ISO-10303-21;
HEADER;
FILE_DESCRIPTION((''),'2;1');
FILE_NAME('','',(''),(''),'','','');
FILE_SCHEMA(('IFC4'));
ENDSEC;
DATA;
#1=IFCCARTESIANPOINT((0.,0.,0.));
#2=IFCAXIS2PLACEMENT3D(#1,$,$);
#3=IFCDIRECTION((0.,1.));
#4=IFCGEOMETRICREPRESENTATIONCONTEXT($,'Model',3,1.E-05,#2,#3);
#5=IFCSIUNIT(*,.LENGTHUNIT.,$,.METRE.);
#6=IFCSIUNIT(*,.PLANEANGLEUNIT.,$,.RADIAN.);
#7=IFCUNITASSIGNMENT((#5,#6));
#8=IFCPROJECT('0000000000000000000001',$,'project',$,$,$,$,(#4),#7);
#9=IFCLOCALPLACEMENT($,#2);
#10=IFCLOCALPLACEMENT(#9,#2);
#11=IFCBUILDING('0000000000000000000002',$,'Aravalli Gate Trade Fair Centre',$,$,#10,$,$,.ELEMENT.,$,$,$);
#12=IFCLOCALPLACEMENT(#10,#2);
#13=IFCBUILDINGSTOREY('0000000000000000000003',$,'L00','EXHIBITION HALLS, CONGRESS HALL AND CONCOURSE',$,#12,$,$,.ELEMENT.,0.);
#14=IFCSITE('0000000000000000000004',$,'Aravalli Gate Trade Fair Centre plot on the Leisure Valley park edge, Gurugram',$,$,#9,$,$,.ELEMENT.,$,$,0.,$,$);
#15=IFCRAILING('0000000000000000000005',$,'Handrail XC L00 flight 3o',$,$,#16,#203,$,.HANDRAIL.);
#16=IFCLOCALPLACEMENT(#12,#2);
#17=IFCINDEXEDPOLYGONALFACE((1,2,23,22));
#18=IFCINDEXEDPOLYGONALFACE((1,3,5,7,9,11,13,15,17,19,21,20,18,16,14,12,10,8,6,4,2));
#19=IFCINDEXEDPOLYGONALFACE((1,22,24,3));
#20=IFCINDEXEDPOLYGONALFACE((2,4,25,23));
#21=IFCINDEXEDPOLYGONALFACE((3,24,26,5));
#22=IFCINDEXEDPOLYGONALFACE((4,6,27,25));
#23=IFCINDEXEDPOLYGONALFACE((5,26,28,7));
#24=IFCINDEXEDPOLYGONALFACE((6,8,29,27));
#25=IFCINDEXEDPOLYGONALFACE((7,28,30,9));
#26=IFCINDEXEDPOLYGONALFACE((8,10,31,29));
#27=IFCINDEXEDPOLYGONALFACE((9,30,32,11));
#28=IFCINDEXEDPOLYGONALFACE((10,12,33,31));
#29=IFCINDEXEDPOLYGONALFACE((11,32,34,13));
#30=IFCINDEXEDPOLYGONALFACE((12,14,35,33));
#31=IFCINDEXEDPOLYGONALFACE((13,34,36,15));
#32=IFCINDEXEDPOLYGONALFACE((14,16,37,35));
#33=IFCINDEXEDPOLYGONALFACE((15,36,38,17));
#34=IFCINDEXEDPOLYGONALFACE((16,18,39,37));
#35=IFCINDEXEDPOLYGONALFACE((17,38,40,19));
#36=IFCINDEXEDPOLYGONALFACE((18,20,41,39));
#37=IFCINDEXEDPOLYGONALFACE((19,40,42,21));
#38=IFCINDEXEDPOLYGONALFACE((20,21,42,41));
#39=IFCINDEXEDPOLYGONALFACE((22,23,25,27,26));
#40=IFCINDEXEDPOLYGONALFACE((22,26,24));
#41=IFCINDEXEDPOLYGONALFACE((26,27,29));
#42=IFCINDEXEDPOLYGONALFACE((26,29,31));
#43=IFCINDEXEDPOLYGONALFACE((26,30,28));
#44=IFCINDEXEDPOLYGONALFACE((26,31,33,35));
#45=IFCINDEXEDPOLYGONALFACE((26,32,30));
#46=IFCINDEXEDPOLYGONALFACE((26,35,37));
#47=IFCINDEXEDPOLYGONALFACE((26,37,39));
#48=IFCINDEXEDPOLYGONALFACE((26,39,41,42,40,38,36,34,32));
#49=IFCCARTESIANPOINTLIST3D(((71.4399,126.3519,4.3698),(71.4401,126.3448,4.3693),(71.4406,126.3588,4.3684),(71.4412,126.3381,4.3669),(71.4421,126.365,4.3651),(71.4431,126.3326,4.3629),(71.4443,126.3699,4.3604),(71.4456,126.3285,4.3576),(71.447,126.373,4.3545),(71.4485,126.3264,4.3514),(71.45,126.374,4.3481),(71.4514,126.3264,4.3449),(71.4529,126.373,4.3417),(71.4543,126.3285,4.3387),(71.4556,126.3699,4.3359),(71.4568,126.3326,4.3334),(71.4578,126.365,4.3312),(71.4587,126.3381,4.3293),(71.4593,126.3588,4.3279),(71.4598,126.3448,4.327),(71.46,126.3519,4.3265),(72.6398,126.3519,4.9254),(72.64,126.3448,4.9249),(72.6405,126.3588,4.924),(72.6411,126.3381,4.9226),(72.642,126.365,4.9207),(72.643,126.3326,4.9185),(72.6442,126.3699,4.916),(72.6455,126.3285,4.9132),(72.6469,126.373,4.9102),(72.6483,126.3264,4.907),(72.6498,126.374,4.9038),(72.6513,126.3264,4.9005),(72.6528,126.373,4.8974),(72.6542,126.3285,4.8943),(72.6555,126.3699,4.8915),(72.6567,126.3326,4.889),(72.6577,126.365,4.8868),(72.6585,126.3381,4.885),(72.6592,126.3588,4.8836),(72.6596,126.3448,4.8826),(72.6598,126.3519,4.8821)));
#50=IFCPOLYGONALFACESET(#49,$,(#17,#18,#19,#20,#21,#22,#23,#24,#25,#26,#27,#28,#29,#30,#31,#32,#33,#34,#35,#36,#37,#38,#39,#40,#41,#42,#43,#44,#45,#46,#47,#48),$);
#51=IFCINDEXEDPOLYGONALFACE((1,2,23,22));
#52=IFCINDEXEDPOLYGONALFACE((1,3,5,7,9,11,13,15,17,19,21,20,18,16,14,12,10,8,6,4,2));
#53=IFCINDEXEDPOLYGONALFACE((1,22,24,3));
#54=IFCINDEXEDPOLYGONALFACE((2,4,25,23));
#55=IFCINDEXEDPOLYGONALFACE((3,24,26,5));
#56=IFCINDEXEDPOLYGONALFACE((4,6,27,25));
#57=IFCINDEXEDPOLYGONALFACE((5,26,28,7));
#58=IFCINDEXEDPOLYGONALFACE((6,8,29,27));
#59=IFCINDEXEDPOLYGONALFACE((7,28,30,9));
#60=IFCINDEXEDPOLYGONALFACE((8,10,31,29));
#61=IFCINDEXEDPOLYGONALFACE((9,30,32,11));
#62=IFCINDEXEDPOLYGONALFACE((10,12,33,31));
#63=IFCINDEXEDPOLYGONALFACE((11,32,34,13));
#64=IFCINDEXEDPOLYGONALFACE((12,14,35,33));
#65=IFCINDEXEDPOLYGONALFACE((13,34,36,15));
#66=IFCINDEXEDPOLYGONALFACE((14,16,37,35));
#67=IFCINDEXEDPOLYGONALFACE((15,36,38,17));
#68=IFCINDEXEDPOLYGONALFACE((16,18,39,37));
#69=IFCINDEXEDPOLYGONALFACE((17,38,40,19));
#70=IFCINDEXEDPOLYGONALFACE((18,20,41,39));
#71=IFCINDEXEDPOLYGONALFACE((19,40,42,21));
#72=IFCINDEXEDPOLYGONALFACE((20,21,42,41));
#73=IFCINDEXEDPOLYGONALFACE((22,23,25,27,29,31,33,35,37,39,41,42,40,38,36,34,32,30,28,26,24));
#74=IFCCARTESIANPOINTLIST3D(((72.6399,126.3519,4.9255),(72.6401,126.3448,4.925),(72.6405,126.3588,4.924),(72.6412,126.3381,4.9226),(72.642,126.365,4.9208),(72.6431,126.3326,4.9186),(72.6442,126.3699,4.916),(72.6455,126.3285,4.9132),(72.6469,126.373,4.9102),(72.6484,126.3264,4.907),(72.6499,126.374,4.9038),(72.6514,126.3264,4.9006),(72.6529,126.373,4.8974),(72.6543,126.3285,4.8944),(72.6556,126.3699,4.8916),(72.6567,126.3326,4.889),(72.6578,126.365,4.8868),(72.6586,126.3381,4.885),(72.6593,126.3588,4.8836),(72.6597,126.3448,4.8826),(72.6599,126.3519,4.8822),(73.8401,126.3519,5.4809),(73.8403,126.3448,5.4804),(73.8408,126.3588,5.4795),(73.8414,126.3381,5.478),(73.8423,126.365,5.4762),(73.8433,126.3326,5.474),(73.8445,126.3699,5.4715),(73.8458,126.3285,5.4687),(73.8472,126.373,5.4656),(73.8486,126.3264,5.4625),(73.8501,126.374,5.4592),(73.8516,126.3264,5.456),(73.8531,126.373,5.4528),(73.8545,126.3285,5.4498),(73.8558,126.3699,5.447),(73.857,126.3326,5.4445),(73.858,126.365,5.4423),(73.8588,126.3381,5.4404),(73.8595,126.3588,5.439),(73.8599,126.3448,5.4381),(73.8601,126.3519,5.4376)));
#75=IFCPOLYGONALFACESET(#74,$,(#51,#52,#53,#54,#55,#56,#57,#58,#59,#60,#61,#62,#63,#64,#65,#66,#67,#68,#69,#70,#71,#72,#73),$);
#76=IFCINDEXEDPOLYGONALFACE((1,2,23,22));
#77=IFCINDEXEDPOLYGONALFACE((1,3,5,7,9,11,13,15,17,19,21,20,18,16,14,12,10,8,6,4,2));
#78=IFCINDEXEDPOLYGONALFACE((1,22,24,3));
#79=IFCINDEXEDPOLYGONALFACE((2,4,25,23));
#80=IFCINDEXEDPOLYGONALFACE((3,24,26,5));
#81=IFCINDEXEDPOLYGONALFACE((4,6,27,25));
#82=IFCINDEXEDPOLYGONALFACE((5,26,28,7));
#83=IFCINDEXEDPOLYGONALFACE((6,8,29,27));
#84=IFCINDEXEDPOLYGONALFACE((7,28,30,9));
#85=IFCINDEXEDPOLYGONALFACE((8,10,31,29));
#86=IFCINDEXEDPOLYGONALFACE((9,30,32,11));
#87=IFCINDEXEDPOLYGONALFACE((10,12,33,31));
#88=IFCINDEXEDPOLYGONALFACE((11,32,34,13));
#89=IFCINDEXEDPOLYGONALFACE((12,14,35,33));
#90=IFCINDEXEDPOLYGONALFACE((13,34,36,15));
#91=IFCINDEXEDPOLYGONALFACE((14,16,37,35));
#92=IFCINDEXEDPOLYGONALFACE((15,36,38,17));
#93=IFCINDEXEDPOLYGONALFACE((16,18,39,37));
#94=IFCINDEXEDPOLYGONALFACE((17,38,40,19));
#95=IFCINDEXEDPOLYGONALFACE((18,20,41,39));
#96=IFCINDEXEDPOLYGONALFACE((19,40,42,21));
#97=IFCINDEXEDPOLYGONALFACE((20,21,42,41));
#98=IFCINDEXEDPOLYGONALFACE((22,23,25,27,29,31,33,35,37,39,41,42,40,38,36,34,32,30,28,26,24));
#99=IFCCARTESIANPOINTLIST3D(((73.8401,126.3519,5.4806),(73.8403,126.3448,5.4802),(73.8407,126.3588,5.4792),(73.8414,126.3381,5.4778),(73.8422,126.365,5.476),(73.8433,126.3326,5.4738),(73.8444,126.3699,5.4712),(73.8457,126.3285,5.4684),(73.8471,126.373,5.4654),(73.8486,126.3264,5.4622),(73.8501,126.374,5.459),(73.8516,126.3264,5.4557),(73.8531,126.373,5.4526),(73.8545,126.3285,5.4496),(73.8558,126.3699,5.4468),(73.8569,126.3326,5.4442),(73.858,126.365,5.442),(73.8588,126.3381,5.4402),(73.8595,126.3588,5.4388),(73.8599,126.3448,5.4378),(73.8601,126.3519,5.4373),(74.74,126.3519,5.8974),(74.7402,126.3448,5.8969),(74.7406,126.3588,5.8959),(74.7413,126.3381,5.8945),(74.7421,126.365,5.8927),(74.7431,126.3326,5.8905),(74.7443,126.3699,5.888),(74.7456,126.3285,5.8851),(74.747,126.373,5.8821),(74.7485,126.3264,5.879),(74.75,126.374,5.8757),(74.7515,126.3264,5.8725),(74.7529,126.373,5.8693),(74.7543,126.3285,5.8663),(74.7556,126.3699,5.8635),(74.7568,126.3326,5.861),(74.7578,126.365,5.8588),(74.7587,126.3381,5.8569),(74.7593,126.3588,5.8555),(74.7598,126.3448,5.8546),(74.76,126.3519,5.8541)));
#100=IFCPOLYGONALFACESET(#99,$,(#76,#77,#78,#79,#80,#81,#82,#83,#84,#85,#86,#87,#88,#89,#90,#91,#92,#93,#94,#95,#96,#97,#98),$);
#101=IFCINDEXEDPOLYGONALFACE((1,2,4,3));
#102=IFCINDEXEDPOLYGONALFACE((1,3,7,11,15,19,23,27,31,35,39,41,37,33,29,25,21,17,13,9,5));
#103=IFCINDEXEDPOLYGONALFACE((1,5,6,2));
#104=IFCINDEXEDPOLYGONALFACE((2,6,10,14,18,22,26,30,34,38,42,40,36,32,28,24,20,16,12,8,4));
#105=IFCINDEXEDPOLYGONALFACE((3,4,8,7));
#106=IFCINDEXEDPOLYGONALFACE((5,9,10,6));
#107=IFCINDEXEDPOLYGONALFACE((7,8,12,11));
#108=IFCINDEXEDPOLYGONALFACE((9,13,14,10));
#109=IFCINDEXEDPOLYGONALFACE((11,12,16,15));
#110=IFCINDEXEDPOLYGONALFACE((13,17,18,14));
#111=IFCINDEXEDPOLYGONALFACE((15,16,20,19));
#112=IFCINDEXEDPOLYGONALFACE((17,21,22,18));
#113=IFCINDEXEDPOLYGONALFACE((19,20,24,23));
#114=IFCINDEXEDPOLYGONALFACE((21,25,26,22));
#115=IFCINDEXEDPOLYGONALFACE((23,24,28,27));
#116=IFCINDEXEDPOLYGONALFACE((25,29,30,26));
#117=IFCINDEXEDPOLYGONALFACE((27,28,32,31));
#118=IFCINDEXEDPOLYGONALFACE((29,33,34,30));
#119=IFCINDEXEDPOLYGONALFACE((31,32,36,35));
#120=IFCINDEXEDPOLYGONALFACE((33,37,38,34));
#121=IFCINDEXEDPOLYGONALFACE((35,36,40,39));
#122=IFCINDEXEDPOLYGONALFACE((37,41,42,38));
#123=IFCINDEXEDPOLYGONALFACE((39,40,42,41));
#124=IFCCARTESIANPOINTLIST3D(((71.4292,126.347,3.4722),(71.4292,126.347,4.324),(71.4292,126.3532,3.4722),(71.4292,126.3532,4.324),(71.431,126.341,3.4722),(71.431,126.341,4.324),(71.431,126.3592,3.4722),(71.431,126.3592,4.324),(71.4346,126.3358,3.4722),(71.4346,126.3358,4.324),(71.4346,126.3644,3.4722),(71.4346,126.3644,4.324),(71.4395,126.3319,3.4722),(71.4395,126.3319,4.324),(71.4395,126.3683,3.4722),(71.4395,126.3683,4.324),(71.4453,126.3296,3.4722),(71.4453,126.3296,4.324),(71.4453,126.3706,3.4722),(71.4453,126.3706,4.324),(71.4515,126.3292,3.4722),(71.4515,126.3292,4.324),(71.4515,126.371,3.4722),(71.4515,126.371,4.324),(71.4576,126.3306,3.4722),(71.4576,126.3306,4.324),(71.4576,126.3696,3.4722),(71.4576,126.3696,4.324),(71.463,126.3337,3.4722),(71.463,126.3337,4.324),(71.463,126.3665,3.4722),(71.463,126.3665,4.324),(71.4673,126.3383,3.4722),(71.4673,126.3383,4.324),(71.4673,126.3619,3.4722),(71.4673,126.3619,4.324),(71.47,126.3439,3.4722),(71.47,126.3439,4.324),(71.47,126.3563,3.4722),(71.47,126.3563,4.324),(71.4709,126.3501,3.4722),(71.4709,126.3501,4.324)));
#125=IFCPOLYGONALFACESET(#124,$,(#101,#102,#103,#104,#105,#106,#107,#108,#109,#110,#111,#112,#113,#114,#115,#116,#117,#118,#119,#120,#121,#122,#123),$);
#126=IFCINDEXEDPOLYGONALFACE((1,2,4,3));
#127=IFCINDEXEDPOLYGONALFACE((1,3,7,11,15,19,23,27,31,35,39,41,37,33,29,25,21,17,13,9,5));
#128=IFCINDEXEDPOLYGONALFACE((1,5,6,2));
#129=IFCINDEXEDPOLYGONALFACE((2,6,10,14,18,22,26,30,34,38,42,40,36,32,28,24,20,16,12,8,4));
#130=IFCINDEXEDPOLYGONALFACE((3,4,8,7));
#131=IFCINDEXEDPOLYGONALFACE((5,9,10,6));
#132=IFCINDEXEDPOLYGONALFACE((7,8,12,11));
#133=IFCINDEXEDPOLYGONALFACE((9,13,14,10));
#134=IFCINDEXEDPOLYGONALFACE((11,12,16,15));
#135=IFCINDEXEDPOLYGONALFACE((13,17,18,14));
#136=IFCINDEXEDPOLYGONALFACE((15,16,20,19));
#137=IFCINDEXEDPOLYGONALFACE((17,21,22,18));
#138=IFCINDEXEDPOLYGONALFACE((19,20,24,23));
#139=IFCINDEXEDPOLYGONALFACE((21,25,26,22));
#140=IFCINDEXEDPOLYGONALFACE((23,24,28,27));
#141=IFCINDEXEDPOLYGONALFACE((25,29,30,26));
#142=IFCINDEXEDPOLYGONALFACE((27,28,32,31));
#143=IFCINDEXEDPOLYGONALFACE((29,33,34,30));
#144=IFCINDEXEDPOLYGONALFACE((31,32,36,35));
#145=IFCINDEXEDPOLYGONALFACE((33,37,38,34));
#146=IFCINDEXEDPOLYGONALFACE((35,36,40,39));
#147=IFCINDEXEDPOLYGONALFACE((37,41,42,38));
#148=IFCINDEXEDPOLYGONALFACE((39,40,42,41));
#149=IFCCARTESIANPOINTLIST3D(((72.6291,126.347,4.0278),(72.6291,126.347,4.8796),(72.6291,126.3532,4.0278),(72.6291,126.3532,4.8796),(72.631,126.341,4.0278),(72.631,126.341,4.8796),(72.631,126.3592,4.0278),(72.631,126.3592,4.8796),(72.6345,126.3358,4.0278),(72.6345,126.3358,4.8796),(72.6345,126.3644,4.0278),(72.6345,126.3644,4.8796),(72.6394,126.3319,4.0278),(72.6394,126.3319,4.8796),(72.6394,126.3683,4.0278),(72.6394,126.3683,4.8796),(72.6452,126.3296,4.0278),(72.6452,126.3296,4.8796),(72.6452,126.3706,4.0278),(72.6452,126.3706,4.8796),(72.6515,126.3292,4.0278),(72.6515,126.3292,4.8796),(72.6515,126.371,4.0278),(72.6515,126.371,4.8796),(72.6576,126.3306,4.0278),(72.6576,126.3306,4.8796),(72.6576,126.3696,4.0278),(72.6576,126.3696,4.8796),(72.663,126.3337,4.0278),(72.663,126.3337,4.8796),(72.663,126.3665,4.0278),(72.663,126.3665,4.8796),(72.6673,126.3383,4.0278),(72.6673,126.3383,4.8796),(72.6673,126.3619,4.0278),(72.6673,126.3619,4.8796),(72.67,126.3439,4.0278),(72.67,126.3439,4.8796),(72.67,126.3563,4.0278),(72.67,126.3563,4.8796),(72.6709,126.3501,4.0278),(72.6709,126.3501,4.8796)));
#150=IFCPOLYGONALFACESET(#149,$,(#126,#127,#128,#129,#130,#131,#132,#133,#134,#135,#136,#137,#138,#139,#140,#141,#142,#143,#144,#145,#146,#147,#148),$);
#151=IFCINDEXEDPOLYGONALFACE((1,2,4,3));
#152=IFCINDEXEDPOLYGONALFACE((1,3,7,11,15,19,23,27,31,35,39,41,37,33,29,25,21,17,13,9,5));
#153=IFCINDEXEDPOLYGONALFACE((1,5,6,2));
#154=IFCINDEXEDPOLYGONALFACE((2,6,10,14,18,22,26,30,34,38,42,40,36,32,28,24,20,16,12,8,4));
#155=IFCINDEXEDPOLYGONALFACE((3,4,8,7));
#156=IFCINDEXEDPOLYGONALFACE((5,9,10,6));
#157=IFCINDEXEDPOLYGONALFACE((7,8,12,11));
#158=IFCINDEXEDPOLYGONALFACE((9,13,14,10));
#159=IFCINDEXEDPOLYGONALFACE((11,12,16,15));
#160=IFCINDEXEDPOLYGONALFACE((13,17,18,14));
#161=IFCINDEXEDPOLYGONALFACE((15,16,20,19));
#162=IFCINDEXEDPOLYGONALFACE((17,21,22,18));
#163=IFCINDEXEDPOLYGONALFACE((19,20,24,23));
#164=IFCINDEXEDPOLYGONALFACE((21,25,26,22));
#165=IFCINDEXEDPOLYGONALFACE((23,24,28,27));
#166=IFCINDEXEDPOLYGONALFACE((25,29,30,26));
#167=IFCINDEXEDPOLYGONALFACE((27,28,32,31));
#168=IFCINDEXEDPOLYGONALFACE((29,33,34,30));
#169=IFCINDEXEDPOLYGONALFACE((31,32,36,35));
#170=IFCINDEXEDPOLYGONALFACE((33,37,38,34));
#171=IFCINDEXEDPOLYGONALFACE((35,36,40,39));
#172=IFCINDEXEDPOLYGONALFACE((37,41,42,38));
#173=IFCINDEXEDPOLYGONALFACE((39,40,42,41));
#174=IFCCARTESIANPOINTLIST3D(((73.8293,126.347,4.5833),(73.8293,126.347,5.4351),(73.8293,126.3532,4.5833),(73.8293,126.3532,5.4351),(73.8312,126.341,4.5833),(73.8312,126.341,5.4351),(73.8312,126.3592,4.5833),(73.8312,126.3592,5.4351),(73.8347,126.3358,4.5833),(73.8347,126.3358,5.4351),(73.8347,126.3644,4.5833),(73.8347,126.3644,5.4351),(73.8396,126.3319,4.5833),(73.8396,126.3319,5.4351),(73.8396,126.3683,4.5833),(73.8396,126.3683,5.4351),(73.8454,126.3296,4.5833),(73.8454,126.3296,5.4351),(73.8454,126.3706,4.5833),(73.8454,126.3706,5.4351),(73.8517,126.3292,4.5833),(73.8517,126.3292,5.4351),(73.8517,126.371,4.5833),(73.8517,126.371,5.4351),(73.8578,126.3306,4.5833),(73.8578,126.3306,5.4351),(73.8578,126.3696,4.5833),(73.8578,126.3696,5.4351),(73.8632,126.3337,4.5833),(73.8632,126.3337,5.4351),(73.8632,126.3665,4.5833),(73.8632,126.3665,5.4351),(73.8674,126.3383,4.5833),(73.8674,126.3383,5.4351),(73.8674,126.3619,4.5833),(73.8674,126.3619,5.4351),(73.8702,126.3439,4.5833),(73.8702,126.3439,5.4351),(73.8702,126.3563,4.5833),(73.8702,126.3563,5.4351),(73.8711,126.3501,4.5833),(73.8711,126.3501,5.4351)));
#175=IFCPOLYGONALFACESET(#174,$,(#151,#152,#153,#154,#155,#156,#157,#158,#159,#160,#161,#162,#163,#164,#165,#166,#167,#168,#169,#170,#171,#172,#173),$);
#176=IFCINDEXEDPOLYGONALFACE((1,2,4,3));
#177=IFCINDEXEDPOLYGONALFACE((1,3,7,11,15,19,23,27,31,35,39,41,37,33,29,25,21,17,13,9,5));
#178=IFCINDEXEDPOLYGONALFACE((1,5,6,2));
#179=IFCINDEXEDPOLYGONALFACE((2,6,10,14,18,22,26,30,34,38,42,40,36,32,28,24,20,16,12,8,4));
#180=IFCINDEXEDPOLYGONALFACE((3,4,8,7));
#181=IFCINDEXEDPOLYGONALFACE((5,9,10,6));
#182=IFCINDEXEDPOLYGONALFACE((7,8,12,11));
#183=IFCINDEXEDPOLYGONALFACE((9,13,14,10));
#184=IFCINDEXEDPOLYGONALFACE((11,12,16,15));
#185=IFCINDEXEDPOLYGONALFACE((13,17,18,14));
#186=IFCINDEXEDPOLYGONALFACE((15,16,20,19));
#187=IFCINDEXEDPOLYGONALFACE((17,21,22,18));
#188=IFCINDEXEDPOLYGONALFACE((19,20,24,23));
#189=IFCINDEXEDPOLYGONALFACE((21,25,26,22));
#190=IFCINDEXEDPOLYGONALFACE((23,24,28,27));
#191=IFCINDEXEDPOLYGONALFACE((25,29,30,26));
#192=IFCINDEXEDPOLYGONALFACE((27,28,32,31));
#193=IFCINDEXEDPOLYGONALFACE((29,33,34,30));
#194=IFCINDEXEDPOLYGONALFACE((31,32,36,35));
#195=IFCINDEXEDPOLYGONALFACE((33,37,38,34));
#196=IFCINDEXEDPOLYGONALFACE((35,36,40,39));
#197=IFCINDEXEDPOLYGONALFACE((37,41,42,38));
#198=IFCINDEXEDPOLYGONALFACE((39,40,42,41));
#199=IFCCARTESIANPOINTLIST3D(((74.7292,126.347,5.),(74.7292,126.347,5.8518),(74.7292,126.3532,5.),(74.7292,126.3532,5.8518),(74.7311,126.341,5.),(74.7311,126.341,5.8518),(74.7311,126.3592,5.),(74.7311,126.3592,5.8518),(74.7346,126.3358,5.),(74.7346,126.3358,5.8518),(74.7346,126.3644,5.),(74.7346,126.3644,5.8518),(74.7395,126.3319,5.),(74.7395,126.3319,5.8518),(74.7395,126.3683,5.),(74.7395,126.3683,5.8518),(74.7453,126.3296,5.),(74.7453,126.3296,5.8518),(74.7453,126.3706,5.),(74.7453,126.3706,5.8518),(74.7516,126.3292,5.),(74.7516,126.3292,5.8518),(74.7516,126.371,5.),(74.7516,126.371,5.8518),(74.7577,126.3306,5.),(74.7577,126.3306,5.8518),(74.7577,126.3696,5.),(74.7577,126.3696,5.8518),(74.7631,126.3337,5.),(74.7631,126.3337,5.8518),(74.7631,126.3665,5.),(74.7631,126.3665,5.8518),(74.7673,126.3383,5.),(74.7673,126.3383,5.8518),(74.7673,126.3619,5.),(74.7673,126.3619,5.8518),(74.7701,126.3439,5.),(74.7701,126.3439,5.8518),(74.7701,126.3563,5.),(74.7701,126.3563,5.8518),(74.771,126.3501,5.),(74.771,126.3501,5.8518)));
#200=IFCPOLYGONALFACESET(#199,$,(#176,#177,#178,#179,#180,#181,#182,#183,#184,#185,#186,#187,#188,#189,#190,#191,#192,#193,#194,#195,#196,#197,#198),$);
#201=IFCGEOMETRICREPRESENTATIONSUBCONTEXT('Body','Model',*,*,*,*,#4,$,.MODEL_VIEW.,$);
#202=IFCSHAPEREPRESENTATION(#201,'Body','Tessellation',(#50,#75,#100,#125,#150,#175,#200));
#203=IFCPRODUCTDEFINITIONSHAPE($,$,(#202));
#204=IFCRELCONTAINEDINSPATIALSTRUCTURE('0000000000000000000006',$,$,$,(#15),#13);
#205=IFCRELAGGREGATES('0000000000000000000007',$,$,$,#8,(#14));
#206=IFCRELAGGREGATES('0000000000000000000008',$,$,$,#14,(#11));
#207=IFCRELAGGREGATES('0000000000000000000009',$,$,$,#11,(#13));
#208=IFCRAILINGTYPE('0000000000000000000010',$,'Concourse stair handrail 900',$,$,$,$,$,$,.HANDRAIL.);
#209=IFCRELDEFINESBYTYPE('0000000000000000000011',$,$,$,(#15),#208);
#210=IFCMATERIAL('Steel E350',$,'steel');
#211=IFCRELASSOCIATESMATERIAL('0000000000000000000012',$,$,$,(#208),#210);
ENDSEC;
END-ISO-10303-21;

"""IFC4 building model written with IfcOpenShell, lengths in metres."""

from ifc_helpers import new_model, si_unit, direction, frame, origin, origin_2d, place, context, subcontext, project, spatial, circle, extrude, material, type_object, element, save


model = new_model("IFC4")

# Units and contexts
model_context = context("Model", 3, precision=1e-05, world=origin(), true_north=direction((0.0, 1.0)))
body_context = subcontext(model_context, "Body", "Model", "MODEL_VIEW")
ifc_project = project(units=[si_unit("LENGTHUNIT", "METRE"), si_unit("PLANEANGLEUNIT", "RADIAN")], contexts=[model_context])

# Site, building, storey
site_placement = place(None, origin())
site = spatial("IfcSite", under=ifc_project, at=site_placement, Name="Aravalli Gate Trade Fair Centre plot on the Leisure Valley park edge, Gurugram", CompositionType="ELEMENT", RefElevation=0.0)
building_placement = place(site_placement, origin())
building = spatial("IfcBuilding", under=site, at=building_placement, Name="Aravalli Gate Trade Fair Centre", CompositionType="ELEMENT")
storey_placement = place(building_placement, origin())
storey = spatial("IfcBuildingStorey", under=building, at=storey_placement, Name="L00", Description="EXHIBITION HALLS, CONGRESS HALL AND CONCOURSE", CompositionType="ELEMENT", Elevation=0.0)

# Shared definitions
ifc_material_1 = material(Name="Steel E350", Category="steel")

# Railing
railing_type = type_object("IfcRailingType", Name="Concourse stair handrail 900", PredefinedType="HANDRAIL", material=ifc_material_1)
railing_1_placement = place(storey_placement, frame((71.45, 126.3501, 3.4722)))
element("IfcRailing", 1, at=railing_1_placement, inside=storey, type_object=railing_type, Name="Handrail XC L00 flight 3o", PredefinedType="HANDRAIL", context=body_context, shape_type="SweptSolid", body=[
    extrude(circle(Radius=0.0239, at=origin_2d()), frame((0.0, 0.0, 0.876), z_axis=(0.907429, 0.0, 0.420205), x_axis=(0.0, 1.0, 0.0)), (0.0, 0.0, 1.0), 1.3223),
    extrude(circle(Radius=0.0239, at=origin_2d()), frame((1.2, 0.0, 1.4316), z_axis=(0.907532, 0.0, 0.419983), x_axis=(0.0, 1.0, 0.0)), (0.0, 0.0, 1.0), 1.3225),
    extrude(circle(Radius=0.0239, at=origin_2d()), frame((2.4001, 0.0, 1.9868), z_axis=(0.907418, 0.0, 0.420229), x_axis=(0.0, 1.0, 0.0)), (0.0, 0.0, 1.0), 0.9917),
    extrude(circle(Radius=0.021, at=origin_2d()), origin(), (0.0, 0.0, 1.0), 0.8518),
    extrude(circle(Radius=0.021, at=origin_2d()), frame((1.2, 0.0, 0.5557)), (0.0, 0.0, 1.0), 0.8518),
    extrude(circle(Radius=0.021, at=origin_2d()), frame((2.4001, 0.0, 1.1111)), (0.0, 0.0, 1.0), 0.8518),
    extrude(circle(Radius=0.021, at=origin_2d()), frame((3.3, 0.0, 1.5278)), (0.0, 0.0, 1.0), 0.8518),
])

save(model, "model.ifc")
